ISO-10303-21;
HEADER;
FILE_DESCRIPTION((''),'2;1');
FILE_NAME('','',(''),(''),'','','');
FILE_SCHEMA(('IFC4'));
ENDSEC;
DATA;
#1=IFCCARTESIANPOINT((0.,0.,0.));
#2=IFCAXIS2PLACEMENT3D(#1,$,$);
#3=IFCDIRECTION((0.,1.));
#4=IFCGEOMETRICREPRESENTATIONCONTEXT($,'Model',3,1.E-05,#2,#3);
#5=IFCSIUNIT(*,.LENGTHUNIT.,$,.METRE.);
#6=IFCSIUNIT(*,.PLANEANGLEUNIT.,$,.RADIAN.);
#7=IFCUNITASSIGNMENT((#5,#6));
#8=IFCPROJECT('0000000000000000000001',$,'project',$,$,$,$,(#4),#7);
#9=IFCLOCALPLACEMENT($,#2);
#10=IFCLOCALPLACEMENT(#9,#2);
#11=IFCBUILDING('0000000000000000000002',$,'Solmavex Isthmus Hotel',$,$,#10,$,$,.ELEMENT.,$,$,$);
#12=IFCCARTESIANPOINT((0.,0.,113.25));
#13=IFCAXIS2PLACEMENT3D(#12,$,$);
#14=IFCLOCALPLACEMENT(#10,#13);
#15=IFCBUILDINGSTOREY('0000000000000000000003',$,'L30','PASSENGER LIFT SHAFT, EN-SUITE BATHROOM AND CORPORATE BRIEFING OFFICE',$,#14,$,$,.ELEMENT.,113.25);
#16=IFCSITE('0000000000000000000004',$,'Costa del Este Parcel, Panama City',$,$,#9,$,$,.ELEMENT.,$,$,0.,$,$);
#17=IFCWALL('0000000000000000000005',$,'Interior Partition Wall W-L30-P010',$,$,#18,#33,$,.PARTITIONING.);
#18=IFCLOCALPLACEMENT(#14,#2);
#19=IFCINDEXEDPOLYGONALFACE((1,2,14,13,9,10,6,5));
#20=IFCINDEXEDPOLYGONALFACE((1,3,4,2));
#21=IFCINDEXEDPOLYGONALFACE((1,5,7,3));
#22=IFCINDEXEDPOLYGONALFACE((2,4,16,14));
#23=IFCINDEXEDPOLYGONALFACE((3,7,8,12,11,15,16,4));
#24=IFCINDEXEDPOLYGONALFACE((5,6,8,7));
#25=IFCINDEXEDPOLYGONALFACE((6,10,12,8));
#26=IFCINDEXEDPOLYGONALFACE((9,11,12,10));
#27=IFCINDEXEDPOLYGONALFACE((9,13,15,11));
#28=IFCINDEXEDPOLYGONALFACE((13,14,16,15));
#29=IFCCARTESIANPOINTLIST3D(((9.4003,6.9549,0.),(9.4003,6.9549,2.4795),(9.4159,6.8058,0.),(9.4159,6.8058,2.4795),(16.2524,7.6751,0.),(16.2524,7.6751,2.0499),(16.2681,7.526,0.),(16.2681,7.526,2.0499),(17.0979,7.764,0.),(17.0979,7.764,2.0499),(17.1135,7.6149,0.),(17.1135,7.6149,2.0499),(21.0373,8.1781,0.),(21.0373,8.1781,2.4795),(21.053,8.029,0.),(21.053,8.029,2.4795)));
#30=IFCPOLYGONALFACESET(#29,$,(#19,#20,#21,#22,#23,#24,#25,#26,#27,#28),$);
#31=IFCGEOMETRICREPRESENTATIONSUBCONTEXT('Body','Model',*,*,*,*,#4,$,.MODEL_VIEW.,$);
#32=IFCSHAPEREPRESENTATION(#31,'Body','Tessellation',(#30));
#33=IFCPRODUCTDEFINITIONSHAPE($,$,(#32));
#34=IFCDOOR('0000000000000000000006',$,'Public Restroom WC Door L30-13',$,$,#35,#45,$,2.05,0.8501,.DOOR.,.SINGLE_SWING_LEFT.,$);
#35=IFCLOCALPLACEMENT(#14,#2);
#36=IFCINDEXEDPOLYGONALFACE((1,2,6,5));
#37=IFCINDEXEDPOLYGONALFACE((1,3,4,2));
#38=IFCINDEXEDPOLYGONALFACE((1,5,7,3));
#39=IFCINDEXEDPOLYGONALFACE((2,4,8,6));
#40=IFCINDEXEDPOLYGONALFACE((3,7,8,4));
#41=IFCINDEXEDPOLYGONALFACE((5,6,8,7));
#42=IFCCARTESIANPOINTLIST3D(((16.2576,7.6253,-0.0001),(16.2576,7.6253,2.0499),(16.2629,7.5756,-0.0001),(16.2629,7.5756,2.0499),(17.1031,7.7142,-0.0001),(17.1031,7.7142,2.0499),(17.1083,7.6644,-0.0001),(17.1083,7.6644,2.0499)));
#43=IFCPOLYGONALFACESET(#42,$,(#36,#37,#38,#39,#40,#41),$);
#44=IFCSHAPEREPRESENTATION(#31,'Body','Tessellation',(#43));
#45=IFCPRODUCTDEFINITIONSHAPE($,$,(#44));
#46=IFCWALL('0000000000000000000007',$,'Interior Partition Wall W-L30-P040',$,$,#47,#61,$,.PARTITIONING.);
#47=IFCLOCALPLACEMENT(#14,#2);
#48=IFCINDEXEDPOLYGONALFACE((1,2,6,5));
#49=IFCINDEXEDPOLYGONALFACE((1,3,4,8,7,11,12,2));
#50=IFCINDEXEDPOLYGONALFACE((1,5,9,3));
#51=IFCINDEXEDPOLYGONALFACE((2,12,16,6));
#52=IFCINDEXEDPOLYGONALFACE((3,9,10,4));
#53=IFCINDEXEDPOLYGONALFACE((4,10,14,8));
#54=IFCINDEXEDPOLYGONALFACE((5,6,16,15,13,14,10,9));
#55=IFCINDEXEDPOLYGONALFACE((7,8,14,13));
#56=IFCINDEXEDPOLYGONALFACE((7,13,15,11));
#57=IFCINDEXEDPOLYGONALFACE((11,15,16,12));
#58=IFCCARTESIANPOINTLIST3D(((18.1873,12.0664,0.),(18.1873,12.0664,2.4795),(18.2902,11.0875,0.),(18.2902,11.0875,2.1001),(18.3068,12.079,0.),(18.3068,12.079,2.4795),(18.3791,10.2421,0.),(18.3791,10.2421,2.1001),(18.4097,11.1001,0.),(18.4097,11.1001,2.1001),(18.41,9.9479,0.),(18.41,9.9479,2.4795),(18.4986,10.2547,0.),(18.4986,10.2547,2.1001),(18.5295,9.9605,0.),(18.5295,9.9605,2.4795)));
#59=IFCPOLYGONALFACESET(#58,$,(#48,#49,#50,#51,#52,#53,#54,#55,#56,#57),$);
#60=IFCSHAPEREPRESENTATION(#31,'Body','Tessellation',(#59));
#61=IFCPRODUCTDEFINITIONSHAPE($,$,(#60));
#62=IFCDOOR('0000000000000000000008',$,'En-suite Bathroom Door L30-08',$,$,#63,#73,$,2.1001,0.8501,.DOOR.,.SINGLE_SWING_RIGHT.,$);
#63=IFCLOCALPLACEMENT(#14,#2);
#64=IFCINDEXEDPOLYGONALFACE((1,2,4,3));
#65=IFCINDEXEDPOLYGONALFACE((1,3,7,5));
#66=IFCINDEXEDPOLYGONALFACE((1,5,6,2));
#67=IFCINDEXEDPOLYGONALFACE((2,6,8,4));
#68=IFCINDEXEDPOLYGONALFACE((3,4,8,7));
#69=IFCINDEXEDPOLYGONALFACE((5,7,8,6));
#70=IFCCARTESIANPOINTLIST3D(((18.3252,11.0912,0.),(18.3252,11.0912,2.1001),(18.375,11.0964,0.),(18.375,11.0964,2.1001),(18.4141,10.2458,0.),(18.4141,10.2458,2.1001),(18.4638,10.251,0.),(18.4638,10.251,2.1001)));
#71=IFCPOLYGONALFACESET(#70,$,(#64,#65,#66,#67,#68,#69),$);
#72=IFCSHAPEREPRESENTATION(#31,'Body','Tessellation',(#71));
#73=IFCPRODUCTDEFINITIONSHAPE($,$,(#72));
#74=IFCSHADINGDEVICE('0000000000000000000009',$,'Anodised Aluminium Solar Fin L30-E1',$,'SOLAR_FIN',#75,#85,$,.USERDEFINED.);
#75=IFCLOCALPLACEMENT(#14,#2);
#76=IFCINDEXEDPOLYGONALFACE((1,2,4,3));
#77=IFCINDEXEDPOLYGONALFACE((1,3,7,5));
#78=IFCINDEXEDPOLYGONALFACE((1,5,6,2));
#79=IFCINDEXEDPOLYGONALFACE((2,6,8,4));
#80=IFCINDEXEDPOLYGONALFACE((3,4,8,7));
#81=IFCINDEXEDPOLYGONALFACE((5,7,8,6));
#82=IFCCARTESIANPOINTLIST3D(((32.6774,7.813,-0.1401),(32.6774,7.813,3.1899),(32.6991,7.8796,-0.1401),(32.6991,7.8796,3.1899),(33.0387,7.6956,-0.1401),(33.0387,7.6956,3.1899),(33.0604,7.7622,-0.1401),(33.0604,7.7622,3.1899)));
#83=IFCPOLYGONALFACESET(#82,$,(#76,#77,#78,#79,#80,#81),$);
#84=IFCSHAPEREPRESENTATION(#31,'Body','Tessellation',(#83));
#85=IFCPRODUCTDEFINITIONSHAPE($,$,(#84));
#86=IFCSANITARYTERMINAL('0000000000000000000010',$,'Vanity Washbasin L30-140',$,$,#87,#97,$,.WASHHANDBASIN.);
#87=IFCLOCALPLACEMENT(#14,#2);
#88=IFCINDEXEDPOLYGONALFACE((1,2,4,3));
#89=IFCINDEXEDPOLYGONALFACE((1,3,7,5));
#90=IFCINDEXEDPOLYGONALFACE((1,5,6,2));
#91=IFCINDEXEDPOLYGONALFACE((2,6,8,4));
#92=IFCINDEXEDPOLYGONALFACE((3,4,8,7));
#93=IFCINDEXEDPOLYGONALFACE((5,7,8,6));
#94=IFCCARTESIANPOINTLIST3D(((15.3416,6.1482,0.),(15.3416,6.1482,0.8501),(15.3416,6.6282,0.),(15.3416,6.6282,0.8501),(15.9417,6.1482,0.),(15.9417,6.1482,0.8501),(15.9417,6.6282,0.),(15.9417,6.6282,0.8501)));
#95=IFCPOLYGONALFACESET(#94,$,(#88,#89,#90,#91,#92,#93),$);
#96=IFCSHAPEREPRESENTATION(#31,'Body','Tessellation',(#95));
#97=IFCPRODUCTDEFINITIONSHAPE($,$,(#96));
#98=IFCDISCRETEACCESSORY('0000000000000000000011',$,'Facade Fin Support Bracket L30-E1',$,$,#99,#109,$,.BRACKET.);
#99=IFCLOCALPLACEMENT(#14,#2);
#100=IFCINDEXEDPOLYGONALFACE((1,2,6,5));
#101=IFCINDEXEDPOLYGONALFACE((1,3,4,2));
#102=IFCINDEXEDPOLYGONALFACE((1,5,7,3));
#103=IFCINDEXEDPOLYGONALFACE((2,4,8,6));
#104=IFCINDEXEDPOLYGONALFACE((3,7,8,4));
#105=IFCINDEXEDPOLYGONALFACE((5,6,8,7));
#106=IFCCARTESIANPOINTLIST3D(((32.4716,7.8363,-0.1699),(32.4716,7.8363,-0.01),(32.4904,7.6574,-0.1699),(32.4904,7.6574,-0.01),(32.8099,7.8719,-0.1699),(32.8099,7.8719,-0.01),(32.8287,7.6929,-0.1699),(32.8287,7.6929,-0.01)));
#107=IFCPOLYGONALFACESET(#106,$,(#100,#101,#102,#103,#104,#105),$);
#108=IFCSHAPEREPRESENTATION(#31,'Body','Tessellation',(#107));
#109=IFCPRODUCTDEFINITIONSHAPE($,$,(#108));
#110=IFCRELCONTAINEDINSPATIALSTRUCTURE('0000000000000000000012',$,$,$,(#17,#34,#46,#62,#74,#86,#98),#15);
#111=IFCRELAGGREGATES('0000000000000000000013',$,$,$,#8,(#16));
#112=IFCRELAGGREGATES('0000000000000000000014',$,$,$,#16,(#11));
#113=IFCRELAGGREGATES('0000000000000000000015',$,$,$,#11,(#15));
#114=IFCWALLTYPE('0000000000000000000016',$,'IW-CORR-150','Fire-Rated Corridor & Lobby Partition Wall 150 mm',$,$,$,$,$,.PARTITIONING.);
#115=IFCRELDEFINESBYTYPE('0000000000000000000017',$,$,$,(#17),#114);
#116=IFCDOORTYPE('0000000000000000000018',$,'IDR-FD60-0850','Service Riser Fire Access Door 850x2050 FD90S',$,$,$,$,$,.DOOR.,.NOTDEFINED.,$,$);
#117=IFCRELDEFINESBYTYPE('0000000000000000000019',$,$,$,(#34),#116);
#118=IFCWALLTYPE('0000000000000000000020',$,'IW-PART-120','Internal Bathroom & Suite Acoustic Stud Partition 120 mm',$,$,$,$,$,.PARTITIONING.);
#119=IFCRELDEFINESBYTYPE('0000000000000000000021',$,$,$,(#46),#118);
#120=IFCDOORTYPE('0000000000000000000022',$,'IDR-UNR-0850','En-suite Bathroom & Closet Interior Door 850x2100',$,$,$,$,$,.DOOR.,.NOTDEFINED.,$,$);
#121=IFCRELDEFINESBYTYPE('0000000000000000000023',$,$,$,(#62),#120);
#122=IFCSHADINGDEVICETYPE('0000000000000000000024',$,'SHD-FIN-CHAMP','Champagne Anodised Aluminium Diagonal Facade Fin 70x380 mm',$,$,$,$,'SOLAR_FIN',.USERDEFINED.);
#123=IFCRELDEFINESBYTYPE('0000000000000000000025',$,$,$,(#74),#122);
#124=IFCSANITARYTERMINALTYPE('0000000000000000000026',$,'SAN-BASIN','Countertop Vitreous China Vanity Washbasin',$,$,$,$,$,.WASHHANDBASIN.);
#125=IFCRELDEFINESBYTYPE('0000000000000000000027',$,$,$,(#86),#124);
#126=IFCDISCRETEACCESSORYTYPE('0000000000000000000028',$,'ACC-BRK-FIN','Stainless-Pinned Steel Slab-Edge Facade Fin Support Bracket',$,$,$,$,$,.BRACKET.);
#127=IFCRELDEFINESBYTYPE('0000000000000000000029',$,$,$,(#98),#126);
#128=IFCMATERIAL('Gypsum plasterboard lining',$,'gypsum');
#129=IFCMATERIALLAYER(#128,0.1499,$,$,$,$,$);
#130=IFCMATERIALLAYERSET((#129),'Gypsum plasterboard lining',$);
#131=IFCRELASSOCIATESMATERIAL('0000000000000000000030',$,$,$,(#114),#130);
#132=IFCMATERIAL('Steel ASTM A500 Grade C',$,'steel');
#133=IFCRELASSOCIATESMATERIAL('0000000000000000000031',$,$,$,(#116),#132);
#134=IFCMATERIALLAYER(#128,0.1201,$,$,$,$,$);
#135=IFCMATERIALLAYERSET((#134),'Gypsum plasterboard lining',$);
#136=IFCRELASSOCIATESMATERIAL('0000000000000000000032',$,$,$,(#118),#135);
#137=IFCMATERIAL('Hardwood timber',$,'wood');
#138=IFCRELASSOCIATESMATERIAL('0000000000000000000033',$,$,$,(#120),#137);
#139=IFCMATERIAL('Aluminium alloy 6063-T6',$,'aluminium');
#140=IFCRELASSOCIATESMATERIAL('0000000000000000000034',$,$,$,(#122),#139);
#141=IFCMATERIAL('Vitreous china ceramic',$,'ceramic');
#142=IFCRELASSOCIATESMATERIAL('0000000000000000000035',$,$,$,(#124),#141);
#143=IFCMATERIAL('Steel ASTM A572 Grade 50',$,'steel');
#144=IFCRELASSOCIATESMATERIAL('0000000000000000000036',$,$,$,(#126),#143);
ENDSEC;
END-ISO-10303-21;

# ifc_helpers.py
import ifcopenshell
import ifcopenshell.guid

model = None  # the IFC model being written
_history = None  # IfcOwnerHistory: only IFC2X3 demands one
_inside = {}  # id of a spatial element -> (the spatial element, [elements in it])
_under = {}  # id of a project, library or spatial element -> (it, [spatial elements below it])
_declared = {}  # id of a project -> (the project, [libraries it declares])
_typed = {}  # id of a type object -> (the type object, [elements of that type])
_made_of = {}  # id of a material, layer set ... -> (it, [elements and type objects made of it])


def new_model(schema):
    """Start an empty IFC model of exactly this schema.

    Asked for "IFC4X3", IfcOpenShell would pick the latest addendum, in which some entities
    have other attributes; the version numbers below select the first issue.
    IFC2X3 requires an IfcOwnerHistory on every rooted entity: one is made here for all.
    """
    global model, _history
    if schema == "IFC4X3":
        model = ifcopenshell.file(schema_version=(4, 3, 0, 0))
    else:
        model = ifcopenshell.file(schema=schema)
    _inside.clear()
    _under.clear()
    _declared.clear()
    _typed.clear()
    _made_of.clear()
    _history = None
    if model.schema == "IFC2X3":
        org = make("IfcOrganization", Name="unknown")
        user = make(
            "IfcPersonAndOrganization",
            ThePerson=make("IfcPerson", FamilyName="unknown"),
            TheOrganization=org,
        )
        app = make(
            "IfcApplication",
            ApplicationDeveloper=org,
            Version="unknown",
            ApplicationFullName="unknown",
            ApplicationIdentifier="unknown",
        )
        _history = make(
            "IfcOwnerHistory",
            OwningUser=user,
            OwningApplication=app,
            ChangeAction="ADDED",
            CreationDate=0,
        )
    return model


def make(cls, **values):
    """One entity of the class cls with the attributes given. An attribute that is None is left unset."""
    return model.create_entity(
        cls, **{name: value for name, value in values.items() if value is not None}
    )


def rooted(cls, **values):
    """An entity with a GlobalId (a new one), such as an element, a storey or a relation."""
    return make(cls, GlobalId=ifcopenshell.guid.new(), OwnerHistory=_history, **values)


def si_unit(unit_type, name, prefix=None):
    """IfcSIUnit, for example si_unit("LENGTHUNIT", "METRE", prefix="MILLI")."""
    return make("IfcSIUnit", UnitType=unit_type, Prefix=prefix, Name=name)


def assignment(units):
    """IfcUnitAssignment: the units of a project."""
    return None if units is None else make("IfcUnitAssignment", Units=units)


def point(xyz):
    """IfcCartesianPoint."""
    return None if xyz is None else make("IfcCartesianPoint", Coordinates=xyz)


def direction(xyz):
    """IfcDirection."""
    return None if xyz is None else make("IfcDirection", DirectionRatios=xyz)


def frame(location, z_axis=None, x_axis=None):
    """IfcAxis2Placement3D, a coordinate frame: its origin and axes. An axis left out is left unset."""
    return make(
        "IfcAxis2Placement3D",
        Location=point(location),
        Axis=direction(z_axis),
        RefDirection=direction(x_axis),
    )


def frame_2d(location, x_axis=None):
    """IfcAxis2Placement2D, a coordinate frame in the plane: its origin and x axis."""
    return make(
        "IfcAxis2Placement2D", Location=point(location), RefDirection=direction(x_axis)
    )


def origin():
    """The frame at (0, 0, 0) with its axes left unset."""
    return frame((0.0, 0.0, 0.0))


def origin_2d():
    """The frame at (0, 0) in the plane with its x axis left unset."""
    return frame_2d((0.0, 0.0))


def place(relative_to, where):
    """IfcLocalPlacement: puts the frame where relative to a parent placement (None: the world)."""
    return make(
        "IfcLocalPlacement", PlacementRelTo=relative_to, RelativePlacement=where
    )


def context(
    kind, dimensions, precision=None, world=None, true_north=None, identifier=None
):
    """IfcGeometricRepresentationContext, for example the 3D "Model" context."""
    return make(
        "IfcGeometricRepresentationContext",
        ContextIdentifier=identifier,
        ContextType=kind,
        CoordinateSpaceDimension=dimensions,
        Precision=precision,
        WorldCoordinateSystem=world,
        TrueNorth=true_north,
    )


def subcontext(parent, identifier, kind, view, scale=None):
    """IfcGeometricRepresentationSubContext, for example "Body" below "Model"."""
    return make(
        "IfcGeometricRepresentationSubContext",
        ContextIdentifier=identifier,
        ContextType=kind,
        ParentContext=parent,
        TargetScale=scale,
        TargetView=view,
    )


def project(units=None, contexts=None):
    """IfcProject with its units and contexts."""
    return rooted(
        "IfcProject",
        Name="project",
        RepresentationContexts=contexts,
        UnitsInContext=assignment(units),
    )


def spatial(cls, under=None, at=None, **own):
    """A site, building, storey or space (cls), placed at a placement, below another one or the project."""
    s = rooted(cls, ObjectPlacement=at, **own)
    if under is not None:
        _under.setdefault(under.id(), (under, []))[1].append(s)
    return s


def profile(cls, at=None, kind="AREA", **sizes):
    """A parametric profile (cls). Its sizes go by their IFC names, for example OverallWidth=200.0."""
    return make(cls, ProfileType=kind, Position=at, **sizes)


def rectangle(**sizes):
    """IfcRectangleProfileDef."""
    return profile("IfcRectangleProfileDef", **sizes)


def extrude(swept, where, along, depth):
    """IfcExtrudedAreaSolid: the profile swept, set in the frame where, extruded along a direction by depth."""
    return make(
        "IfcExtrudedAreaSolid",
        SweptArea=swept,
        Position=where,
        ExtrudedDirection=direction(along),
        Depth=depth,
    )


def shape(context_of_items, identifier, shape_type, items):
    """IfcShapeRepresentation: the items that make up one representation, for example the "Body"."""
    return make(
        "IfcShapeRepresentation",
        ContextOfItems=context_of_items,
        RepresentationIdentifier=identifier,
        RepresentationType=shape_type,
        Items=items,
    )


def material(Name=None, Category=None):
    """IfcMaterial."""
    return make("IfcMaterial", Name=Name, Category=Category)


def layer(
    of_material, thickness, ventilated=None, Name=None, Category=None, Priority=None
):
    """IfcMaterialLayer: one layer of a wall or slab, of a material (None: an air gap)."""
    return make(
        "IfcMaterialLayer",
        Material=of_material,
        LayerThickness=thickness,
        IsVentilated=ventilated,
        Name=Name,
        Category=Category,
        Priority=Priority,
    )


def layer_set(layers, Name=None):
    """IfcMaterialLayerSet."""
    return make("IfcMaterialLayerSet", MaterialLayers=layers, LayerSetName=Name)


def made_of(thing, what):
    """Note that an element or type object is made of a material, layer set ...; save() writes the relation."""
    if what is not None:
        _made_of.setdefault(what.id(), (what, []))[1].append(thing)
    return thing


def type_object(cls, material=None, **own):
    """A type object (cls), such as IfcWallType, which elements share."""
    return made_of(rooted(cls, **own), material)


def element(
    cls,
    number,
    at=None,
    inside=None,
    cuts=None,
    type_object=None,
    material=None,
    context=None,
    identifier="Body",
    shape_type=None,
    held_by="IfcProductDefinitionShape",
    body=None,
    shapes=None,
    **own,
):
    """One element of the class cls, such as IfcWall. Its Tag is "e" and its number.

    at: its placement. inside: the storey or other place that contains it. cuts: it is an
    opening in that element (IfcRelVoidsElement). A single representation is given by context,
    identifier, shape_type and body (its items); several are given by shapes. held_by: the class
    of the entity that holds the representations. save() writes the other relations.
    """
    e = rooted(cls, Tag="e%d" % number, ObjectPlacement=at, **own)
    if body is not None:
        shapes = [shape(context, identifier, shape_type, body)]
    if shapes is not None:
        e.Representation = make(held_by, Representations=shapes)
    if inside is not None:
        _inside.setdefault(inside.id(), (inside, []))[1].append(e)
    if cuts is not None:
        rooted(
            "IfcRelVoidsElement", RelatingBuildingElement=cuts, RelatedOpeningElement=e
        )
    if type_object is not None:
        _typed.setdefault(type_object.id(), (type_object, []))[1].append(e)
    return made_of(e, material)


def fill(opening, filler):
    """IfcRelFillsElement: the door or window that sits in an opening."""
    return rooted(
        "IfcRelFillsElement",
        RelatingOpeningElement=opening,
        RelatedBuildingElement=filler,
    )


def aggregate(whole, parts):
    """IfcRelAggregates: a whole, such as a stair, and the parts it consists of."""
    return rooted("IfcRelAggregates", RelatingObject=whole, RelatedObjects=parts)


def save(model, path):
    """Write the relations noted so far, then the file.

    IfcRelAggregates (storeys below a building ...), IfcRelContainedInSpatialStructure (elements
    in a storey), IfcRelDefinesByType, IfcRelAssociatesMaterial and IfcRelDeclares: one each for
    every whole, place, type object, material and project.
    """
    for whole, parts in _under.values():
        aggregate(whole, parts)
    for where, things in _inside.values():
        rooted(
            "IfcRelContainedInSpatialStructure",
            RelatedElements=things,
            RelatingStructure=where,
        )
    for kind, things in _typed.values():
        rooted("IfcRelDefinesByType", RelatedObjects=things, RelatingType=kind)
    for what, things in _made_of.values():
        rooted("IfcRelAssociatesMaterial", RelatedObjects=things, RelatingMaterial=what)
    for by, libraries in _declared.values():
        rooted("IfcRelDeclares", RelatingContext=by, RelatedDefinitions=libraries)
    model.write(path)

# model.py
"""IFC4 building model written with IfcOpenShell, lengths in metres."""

from ifc_helpers import new_model, si_unit, direction, frame, frame_2d, origin, origin_2d, place, context, subcontext, project, spatial, rectangle, extrude, material, layer, layer_set, type_object, element, fill, save


model = new_model("IFC4")

# Units and contexts
model_context = context("Model", 3, precision=1e-05, world=origin(), true_north=direction((0.0, 1.0)))
body_context = subcontext(model_context, "Body", "Model", "MODEL_VIEW")
ifc_project = project(units=[si_unit("LENGTHUNIT", "METRE"), si_unit("PLANEANGLEUNIT", "RADIAN")], contexts=[model_context])

# Site, building, storey
site_placement = place(None, origin())
site = spatial("IfcSite", under=ifc_project, at=site_placement, Name="Costa del Este Parcel, Panama City", CompositionType="ELEMENT", RefElevation=0.0)
building_placement = place(site_placement, origin())
building = spatial("IfcBuilding", under=site, at=building_placement, Name="Solmavex Isthmus Hotel", CompositionType="ELEMENT")
storey_placement = place(building_placement, frame((0.0, 0.0, 113.25)))
storey = spatial("IfcBuildingStorey", under=building, at=storey_placement, Name="L30", Description="PASSENGER LIFT SHAFT, EN-SUITE BATHROOM AND CORPORATE BRIEFING OFFICE", CompositionType="ELEMENT", Elevation=113.25)

# Shared definitions
ifc_material_1 = material(Name="Aluminium alloy 6063-T6", Category="aluminium")

# Shared definitions
ifc_material_2 = material(Name="Gypsum plasterboard lining", Category="gypsum")
ifc_layer_1 = layer(ifc_material_2, 0.1499)
ifc_layer_set_1 = layer_set([ifc_layer_1], Name="Gypsum plasterboard lining")
wall_type_1 = type_object("IfcWallType", Name="IW-CORR-150", Description="Fire-Rated Corridor & Lobby Partition Wall 150 mm", PredefinedType="PARTITIONING", material=ifc_layer_set_1)

# Walls, openings, doors
wall_1_placement = place(storey_placement, frame((21.0452, 8.1035, 0.0), z_axis=(0.0, 0.0, 1.0), x_axis=(-0.994521, -0.104533, 0.0)))
wall_1 = element("IfcWall", 1, at=wall_1_placement, inside=storey, type_object=wall_type_1, Name="Interior Partition Wall W-L30-P010", PredefinedType="PARTITIONING", context=body_context, shape_type="SweptSolid", body=[
    extrude(rectangle(XDim=11.7012, YDim=0.1499, at=frame_2d((5.8506, 0.0))), origin(), (0.0, 0.0, 1.0), 2.4795),
])
opening_1_placement = place(wall_1_placement, frame((3.9612, 0.0, 0.0)))
opening_1 = element("IfcOpeningElement", 2, at=opening_1_placement, cuts=wall_1, PredefinedType="OPENING", context=body_context, shape_type="SweptSolid", body=[
    extrude(rectangle(XDim=0.8501, YDim=2.05, at=frame_2d((0.425, 1.0249))), frame((0.0, 0.085, 0.0), z_axis=(0.0, -1.0, 0.0), x_axis=(1.0, 0.0, 0.0)), (0.0, 0.0, 1.0), 0.1699),
])
ifc_material_3 = material(Name="Steel ASTM A500 Grade C", Category="steel")
door_type_1 = type_object("IfcDoorType", Name="IDR-FD60-0850", Description="Service Riser Fire Access Door 850x2050 FD90S", OperationType="NOTDEFINED", PredefinedType="DOOR", material=ifc_material_3)
door_1_placement = place(opening_1_placement, frame((0.8501, 0.0, 0.0), z_axis=(0.0, 0.0, 1.0), x_axis=(-1.0, 0.0, 0.0)))
door_1 = element("IfcDoor", 3, at=door_1_placement, inside=storey, type_object=door_type_1, Name="Public Restroom WC Door L30-13", OperationType="SINGLE_SWING_LEFT", OverallHeight=2.05, OverallWidth=0.8501, PredefinedType="DOOR", context=body_context, shape_type="SweptSolid", body=[
    extrude(rectangle(XDim=0.8501, YDim=2.05, at=frame_2d((0.425, 1.0249))), frame((0.0, 0.0249, 0.0), z_axis=(0.0, -1.0, 0.0), x_axis=(1.0, 0.0, 0.0)), (0.0, 0.0, 1.0), 0.05),
])
fill(opening_1, door_1)
ifc_material_4 = material(Name="Hardwood timber", Category="wood")
ifc_layer_2 = layer(ifc_material_2, 0.1201)
ifc_layer_set_2 = layer_set([ifc_layer_2], Name="Gypsum plasterboard lining")
wall_type_2 = type_object("IfcWallType", Name="IW-PART-120", Description="Internal Bathroom & Suite Acoustic Stud Partition 120 mm", PredefinedType="PARTITIONING", material=ifc_layer_set_2)
wall_2_placement = place(storey_placement, frame((18.4697, 9.9543, 0.0), z_axis=(0.0, 0.0, 1.0), x_axis=(-0.10453, 0.994522, 0.0)))
wall_2 = element("IfcWall", 4, at=wall_2_placement, inside=storey, type_object=wall_type_2, Name="Interior Partition Wall W-L30-P040", PredefinedType="PARTITIONING", context=body_context, shape_type="SweptSolid", body=[
    extrude(rectangle(XDim=2.1301, YDim=0.1201, at=frame_2d((1.0649, 0.0))), origin(), (0.0, 0.0, 1.0), 2.4795),
])
opening_2_placement = place(wall_2_placement, frame((0.2957, 0.0, 0.0)))
opening_2 = element("IfcOpeningElement", 5, at=opening_2_placement, cuts=wall_2, PredefinedType="OPENING", context=body_context, shape_type="SweptSolid", body=[
    extrude(rectangle(XDim=0.8501, YDim=2.1001, at=frame_2d((0.425, 1.05))), frame((0.0, 0.0701, 0.0), z_axis=(0.0, -1.0, 0.0), x_axis=(1.0, 0.0, 0.0)), (0.0, 0.0, 1.0), 0.1401),
])
door_type_2 = type_object("IfcDoorType", Name="IDR-UNR-0850", Description="En-suite Bathroom & Closet Interior Door 850x2100", OperationType="NOTDEFINED", PredefinedType="DOOR", material=ifc_material_4)
door_2_placement = place(opening_2_placement, origin())
door_2 = element("IfcDoor", 6, at=door_2_placement, inside=storey, type_object=door_type_2, Name="En-suite Bathroom Door L30-08", OperationType="SINGLE_SWING_RIGHT", OverallHeight=2.1001, OverallWidth=0.8501, PredefinedType="DOOR", context=body_context, shape_type="SweptSolid", body=[
    extrude(rectangle(XDim=0.8501, YDim=2.1001, at=frame_2d((0.425, 1.05))), frame((0.0, 0.0249, 0.0), z_axis=(0.0, -1.0, 0.0), x_axis=(1.0, 0.0, 0.0)), (0.0, 0.0, 1.0), 0.05),
])
fill(opening_2, door_2)

# Shading device
shading_device_type = type_object("IfcShadingDeviceType", Name="SHD-FIN-CHAMP", Description="Champagne Anodised Aluminium Diagonal Facade Fin 70x380 mm", ElementType="SOLAR_FIN", PredefinedType="USERDEFINED", material=ifc_material_1)
shading_device_placement = place(storey_placement, frame((32.8689, 7.7876, -0.1401), z_axis=(0.0, 0.0, 1.0), x_axis=(0.951057, -0.309017, 0.0)))
element("IfcShadingDevice", 7, at=shading_device_placement, inside=storey, type_object=shading_device_type, Name="Anodised Aluminium Solar Fin L30-E1", ObjectType="SOLAR_FIN", PredefinedType="USERDEFINED", context=body_context, shape_type="SweptSolid", body=[
    extrude(rectangle(XDim=0.3799, YDim=0.0701, at=origin_2d()), origin(), (0.0, 0.0, 1.0), 3.3301),
])

# Sanitary terminal
ifc_material_5 = material(Name="Vitreous china ceramic", Category="ceramic")
sanitary_terminal_type = type_object("IfcSanitaryTerminalType", Name="SAN-BASIN", Description="Countertop Vitreous China Vanity Washbasin", PredefinedType="WASHHANDBASIN", material=ifc_material_5)
sanitary_terminal_placement = place(storey_placement, frame((15.6416, 6.3882, 0.0), z_axis=(0.0, 0.0, 1.0), x_axis=(1.0, 0.0, 0.0)))
element("IfcSanitaryTerminal", 8, at=sanitary_terminal_placement, inside=storey, type_object=sanitary_terminal_type, Name="Vanity Washbasin L30-140", PredefinedType="WASHHANDBASIN", context=body_context, shape_type="SweptSolid", body=[
    extrude(rectangle(XDim=0.6001, YDim=0.48, at=origin_2d()), origin(), (0.0, 0.0, 1.0), 0.8501),
])

# Discrete accessory
ifc_material_6 = material(Name="Steel ASTM A572 Grade 50", Category="steel")
discrete_accessory_type = type_object("IfcDiscreteAccessoryType", Name="ACC-BRK-FIN", Description="Stainless-Pinned Steel Slab-Edge Facade Fin Support Bracket", PredefinedType="BRACKET", material=ifc_material_6)
discrete_accessory_placement = place(storey_placement, frame((32.6501, 7.7646, -0.1699), z_axis=(0.0, 0.0, 1.0), x_axis=(0.994522, 0.104528, 0.0)))
element("IfcDiscreteAccessory", 9, at=discrete_accessory_placement, inside=storey, type_object=discrete_accessory_type, Name="Facade Fin Support Bracket L30-E1", PredefinedType="BRACKET", context=body_context, shape_type="SweptSolid", body=[
    extrude(rectangle(XDim=0.3401, YDim=0.1799, at=origin_2d()), origin(), (0.0, 0.0, 1.0), 0.1599),
])

save(model, "model.ifc")
